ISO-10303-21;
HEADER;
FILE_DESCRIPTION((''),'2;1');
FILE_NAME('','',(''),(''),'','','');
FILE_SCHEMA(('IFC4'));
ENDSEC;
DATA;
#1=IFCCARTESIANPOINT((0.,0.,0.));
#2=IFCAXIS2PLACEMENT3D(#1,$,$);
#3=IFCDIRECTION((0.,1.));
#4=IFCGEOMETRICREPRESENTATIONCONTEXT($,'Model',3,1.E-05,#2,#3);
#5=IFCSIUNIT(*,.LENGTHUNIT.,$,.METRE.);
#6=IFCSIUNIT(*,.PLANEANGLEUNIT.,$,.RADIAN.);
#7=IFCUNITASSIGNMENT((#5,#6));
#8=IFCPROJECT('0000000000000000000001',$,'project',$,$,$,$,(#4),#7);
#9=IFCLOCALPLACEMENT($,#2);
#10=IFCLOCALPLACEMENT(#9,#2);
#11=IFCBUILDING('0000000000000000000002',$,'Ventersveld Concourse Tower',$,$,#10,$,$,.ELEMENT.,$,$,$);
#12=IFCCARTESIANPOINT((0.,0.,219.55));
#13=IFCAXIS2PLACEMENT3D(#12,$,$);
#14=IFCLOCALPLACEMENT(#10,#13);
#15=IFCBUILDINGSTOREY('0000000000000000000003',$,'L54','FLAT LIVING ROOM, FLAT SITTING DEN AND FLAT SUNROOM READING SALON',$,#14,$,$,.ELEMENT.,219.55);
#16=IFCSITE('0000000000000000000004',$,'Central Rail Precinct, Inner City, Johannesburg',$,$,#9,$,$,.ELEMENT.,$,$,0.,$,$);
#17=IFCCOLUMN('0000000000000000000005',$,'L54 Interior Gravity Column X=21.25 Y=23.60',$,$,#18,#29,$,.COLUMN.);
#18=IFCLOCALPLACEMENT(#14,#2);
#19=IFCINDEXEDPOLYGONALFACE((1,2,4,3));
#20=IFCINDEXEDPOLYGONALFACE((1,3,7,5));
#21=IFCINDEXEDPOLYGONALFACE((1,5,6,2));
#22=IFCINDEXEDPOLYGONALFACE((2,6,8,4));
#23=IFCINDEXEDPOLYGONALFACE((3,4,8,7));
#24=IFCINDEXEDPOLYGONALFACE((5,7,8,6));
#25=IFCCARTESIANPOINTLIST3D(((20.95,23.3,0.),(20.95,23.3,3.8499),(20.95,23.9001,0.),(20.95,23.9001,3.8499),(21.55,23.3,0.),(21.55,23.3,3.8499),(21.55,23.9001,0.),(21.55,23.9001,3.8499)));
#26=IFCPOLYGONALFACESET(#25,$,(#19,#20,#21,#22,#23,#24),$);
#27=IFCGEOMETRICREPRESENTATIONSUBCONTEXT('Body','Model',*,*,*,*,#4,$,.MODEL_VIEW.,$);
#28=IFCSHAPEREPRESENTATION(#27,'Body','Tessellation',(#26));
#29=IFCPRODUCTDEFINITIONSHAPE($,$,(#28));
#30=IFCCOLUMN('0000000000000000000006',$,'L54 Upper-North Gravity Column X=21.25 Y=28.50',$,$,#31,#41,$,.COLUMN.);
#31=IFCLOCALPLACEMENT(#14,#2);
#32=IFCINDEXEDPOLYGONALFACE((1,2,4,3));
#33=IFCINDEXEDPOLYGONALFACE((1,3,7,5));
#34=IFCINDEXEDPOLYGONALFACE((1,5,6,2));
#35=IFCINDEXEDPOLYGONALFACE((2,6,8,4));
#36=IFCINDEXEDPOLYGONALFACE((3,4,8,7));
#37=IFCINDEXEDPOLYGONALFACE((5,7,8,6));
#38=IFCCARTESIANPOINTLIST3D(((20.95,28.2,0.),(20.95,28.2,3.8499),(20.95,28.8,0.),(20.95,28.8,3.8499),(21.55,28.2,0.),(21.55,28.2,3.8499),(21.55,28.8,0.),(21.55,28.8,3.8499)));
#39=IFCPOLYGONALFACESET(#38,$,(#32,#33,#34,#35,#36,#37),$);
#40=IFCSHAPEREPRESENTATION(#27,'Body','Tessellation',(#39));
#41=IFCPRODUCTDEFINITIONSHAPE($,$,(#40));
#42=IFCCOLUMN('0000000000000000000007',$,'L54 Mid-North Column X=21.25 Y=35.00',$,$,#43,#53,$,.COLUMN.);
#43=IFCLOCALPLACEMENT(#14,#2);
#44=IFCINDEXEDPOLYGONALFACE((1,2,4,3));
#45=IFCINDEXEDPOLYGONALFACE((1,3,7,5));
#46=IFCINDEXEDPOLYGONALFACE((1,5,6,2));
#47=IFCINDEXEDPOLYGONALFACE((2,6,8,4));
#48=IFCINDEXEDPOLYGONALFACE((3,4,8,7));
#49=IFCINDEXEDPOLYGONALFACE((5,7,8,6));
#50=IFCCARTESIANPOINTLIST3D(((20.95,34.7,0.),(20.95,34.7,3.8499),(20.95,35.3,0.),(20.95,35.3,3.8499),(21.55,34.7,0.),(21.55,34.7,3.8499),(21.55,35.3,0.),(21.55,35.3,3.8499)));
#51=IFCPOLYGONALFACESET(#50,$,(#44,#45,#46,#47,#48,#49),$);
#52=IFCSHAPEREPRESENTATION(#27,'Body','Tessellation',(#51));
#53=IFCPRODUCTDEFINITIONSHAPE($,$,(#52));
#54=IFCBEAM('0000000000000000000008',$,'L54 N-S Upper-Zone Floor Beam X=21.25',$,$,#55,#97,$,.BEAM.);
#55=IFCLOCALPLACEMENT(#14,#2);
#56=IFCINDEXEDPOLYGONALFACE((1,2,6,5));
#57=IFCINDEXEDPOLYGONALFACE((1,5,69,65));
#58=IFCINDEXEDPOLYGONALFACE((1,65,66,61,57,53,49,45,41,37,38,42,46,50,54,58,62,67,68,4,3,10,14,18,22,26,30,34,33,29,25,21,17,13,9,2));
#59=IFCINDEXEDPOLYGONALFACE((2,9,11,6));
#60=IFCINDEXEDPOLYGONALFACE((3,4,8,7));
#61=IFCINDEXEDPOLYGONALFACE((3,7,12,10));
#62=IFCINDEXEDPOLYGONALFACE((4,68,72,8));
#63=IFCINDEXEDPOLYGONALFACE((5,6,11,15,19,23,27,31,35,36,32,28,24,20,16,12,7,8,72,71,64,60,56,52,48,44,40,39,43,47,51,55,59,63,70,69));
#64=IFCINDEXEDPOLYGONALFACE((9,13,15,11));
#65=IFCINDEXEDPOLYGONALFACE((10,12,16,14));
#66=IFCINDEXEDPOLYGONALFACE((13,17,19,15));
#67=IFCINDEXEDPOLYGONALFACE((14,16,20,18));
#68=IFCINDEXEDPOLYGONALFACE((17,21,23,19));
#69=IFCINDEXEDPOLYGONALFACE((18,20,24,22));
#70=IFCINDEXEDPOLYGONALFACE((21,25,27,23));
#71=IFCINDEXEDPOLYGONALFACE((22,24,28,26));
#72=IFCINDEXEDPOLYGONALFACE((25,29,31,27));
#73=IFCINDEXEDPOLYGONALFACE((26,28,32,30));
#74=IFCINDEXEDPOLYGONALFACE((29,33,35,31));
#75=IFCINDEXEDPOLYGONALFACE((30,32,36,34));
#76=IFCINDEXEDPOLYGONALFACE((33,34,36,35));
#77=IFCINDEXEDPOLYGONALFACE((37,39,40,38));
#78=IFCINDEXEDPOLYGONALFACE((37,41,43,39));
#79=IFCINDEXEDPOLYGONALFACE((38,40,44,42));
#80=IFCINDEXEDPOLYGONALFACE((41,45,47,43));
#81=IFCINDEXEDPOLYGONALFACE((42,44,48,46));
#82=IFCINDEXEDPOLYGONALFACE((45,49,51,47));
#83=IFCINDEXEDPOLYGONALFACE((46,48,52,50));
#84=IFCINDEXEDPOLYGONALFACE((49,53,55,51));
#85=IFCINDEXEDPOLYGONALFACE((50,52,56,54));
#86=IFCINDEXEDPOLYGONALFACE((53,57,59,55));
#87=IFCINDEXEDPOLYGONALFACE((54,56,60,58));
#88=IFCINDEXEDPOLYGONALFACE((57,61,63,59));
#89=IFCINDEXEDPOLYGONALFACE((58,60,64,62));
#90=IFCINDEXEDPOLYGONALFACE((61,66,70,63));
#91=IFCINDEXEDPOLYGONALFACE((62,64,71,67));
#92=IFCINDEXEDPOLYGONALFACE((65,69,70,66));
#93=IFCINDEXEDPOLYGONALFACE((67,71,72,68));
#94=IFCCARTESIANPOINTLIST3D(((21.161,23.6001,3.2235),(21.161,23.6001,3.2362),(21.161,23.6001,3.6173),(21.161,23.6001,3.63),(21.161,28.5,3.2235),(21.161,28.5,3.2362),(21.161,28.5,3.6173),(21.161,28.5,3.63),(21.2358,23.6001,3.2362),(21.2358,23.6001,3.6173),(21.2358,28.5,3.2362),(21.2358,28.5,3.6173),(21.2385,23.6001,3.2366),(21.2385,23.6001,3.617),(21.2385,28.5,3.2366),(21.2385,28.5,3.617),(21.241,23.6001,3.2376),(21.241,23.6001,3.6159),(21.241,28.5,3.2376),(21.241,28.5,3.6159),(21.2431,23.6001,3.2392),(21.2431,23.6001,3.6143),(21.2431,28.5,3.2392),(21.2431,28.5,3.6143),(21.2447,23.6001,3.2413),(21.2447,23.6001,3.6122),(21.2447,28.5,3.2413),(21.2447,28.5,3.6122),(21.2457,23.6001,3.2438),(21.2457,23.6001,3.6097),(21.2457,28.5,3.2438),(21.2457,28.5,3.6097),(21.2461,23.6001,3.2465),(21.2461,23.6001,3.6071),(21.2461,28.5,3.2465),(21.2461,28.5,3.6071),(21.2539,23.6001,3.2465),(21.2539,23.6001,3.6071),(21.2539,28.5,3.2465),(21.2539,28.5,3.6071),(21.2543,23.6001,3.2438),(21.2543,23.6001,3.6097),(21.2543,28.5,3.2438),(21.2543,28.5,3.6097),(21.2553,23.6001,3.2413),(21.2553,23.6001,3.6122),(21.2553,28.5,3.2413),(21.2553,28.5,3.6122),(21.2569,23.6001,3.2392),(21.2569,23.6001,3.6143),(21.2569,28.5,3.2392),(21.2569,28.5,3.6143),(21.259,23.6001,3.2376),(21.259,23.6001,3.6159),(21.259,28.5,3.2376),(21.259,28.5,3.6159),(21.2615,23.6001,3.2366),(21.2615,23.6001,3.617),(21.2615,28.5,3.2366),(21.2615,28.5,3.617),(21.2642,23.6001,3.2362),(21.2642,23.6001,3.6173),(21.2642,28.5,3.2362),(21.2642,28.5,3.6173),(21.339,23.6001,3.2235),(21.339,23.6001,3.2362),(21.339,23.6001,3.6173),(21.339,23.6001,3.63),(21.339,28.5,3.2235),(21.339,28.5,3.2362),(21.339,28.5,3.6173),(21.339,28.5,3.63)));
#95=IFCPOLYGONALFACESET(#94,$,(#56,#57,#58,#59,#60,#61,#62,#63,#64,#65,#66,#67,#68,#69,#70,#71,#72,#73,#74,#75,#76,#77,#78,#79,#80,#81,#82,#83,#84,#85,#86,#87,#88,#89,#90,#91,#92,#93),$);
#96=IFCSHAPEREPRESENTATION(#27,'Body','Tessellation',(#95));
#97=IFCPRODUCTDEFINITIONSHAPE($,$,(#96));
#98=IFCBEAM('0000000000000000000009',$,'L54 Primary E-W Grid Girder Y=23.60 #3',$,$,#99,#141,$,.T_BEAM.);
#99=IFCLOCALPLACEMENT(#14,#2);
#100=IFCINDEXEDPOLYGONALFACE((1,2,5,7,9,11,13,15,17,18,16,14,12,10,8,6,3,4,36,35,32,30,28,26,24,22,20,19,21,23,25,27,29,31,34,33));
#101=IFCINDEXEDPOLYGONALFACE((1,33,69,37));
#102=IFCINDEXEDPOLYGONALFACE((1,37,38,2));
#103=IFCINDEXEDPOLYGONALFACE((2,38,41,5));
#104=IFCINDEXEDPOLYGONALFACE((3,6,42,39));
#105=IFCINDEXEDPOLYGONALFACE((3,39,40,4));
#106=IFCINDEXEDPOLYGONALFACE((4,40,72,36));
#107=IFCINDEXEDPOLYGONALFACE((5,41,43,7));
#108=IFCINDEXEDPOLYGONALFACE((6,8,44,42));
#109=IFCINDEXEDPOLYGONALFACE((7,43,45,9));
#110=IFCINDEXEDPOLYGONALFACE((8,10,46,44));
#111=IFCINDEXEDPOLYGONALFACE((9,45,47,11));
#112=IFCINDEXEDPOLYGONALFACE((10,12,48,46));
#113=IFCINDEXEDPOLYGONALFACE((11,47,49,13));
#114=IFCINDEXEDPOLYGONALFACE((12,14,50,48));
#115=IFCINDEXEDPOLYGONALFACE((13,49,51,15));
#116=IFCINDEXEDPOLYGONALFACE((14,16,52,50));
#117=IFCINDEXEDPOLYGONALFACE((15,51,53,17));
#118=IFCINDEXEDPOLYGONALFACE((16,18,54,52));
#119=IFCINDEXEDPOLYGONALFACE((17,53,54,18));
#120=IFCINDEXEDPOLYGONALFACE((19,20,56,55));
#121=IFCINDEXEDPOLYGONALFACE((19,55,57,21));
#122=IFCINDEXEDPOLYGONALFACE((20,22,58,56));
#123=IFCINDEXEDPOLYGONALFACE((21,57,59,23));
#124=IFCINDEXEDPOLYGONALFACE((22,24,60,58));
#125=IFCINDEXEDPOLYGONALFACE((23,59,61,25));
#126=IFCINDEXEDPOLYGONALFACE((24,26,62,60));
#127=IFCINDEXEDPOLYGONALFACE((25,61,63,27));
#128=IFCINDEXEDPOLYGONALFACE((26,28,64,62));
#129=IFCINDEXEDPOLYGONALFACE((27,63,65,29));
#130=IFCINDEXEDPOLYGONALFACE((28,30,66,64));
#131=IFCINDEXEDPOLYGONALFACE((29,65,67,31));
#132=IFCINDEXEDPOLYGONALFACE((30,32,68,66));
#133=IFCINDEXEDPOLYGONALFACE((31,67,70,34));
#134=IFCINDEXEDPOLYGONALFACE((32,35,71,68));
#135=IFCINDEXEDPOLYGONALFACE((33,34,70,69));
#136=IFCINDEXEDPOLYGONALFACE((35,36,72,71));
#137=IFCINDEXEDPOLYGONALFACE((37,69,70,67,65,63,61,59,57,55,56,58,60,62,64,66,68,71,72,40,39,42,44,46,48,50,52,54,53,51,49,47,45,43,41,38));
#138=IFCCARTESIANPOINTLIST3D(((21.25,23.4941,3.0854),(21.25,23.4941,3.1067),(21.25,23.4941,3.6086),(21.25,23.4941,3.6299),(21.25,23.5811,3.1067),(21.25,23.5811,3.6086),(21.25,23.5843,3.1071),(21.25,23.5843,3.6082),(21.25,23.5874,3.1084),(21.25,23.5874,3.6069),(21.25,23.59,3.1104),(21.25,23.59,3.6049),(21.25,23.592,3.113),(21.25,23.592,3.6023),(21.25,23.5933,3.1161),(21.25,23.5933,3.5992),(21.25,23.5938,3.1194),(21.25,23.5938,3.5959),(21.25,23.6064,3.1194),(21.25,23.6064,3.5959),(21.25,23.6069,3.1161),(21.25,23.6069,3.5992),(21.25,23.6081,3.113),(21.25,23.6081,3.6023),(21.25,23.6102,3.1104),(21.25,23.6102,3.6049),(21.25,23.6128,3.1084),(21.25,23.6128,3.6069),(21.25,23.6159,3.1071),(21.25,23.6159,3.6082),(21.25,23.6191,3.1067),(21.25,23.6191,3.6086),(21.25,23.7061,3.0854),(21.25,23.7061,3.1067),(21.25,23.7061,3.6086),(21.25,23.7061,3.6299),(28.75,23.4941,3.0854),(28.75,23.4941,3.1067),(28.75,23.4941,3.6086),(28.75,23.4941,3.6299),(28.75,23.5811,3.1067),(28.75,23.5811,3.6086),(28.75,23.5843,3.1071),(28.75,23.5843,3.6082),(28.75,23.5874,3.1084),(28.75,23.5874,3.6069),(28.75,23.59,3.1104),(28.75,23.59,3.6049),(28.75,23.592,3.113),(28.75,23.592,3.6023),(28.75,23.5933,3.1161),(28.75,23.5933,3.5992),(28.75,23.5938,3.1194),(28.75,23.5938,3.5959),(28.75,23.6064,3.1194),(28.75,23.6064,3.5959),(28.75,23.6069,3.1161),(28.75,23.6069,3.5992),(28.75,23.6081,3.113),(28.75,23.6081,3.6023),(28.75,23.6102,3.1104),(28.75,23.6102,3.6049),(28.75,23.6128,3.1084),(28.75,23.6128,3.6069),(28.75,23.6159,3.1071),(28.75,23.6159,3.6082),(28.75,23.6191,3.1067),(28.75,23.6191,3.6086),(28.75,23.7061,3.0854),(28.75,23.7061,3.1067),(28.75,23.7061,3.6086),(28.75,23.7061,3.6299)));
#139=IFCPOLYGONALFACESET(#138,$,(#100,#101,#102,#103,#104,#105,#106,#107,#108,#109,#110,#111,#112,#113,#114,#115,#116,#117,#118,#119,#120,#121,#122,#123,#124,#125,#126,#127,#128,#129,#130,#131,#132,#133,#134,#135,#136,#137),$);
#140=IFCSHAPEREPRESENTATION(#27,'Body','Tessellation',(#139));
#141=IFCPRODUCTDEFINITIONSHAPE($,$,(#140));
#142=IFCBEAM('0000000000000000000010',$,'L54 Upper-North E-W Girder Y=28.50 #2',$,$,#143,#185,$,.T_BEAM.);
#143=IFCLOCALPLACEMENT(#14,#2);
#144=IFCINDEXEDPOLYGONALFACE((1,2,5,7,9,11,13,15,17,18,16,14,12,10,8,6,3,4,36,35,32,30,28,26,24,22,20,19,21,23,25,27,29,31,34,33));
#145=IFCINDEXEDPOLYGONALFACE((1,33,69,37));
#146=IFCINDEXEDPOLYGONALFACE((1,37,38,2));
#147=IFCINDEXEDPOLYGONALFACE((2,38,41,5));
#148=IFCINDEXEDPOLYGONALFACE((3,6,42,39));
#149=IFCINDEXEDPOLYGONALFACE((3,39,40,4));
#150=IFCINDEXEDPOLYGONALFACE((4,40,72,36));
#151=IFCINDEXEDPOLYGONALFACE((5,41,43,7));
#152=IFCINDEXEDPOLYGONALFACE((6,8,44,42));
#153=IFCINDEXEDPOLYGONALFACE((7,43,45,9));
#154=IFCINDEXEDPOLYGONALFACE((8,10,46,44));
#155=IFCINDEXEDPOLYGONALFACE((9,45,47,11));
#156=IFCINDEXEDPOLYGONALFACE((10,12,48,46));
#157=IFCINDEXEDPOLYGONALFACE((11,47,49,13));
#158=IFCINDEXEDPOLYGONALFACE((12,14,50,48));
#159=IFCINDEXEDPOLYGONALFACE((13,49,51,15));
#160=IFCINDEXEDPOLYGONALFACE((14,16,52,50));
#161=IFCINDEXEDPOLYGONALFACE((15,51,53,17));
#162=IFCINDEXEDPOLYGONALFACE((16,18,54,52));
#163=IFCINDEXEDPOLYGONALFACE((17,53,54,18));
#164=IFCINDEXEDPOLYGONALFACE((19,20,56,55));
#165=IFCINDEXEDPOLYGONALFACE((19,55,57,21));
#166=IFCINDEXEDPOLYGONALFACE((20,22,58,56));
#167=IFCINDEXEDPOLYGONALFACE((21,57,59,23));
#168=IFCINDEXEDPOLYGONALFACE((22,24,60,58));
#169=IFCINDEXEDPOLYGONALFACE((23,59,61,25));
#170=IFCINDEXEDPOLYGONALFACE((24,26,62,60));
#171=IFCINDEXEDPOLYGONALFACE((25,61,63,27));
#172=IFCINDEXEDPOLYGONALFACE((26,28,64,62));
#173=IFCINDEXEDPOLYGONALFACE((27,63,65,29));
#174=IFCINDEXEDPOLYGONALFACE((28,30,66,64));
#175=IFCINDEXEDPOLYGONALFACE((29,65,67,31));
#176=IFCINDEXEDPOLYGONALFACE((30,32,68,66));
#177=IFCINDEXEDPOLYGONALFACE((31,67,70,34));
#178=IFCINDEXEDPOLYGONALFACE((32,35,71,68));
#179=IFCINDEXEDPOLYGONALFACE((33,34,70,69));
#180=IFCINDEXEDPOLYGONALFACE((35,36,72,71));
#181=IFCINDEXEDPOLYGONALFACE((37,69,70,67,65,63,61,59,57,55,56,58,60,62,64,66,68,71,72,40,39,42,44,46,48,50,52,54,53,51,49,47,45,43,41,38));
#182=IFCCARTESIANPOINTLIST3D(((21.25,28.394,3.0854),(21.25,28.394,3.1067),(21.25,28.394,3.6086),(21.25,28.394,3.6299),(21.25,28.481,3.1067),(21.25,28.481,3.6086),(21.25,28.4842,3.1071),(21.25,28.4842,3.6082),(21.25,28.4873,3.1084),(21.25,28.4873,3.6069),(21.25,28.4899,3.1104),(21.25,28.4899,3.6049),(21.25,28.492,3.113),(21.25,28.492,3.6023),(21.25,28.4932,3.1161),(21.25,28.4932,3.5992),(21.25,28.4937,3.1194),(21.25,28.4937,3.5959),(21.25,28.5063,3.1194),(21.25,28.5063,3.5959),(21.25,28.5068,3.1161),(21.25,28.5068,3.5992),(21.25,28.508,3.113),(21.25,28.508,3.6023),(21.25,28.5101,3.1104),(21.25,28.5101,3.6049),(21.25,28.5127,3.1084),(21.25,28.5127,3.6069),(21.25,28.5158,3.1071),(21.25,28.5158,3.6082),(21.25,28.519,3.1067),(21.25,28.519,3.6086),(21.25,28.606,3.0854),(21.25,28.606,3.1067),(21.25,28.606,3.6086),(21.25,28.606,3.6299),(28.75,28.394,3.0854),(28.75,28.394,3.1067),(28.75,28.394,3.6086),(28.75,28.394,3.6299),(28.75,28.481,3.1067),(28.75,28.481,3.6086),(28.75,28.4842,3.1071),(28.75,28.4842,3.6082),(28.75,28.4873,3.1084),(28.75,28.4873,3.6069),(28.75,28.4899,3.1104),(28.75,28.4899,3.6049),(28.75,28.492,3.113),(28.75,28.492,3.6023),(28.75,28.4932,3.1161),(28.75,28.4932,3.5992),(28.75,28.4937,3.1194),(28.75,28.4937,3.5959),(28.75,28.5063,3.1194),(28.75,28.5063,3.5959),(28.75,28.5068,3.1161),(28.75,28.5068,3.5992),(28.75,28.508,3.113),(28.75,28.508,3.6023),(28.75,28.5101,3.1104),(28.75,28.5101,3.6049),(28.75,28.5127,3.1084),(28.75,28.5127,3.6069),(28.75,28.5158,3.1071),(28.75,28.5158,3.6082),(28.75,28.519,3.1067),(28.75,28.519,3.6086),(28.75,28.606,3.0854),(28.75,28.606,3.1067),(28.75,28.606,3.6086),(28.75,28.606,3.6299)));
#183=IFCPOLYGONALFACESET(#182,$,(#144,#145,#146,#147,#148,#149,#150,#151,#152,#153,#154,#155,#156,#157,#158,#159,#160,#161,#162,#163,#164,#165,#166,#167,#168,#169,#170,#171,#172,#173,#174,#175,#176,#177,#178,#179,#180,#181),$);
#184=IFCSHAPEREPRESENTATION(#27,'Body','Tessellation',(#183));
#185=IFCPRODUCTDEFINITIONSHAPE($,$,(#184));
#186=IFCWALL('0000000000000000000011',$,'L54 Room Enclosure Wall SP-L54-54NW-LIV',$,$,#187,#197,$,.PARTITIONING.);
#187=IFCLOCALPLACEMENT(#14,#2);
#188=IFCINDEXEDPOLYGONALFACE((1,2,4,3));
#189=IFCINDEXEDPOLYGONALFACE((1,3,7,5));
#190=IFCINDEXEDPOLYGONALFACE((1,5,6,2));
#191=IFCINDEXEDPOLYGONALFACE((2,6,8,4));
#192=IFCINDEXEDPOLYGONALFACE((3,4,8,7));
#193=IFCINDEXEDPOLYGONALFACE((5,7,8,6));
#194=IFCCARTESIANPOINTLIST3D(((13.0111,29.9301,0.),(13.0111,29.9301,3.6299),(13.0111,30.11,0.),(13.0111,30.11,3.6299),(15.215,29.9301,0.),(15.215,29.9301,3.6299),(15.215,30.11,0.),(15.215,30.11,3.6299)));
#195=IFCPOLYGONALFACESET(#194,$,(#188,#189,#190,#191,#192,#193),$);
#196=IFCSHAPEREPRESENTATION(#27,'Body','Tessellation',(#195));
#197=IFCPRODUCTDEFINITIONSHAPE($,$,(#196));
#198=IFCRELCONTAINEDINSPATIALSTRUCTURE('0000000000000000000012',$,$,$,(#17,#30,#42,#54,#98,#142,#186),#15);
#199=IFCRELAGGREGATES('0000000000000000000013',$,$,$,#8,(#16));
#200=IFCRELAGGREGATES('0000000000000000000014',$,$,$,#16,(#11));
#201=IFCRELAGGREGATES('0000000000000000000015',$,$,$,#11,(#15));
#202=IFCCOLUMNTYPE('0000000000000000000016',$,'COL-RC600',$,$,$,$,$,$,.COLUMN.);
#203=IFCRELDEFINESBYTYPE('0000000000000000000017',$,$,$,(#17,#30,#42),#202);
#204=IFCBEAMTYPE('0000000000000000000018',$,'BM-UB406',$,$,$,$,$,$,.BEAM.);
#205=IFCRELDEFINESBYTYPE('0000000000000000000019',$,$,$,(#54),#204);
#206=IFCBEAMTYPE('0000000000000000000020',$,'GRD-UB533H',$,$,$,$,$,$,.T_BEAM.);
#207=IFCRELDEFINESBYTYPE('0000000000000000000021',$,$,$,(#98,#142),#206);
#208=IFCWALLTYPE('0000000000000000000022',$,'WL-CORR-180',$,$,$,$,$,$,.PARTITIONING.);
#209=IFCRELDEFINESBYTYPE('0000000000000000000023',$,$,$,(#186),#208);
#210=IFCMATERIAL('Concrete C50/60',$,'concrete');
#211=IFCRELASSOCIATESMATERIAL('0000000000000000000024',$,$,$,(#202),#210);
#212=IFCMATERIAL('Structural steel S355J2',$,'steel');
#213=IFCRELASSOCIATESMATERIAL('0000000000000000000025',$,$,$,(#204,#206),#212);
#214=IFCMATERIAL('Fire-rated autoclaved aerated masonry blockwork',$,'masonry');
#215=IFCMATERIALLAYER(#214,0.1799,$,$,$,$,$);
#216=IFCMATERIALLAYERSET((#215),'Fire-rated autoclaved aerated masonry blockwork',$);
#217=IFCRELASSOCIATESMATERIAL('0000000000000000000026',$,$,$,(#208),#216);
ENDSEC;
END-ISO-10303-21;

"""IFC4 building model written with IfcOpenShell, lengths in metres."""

from ifc_helpers import new_model, si_unit, direction, frame, frame_2d, origin, origin_2d, place, context, subcontext, project, spatial, rectangle, i_section, extrude, material, layer, layer_set, material_profile, profile_set, type_object, element, save


model = new_model("IFC4")

# Units and contexts
model_context = context("Model", 3, precision=1e-05, world=origin(), true_north=direction((0.0, 1.0)))
body_context = subcontext(model_context, "Body", "Model", "MODEL_VIEW")
ifc_project = project(units=[si_unit("LENGTHUNIT", "METRE"), si_unit("PLANEANGLEUNIT", "RADIAN")], contexts=[model_context])

# Site, building, storey
site_placement = place(None, origin())
site = spatial("IfcSite", under=ifc_project, at=site_placement, Name="Central Rail Precinct, Inner City, Johannesburg", CompositionType="ELEMENT", RefElevation=0.0)
building_placement = place(site_placement, origin())
building = spatial("IfcBuilding", under=site, at=building_placement, Name="Ventersveld Concourse Tower", CompositionType="ELEMENT")
storey_placement = place(building_placement, frame((0.0, 0.0, 219.55)))
storey = spatial("IfcBuildingStorey", under=building, at=storey_placement, Name="L54", Description="FLAT LIVING ROOM, FLAT SITTING DEN AND FLAT SUNROOM READING SALON", CompositionType="ELEMENT", Elevation=219.55)

# Columns
ifc_material_1 = material(Name="Concrete C50/60", Category="concrete")
ifc_material_profile_1 = material_profile(ifc_material_1, rectangle(XDim=0.6001, YDim=0.6001, at=origin_2d()), Name="RC 600x600")
ifc_profile_set_1 = profile_set([ifc_material_profile_1], Name="Concrete C50/60")
column_type = type_object("IfcColumnType", Name="COL-RC600", PredefinedType="COLUMN", material=ifc_profile_set_1)
for number, where, z_axis, x_axis, name in (
    (1, (21.25, 23.6001, 0.0), (0.0, 0.0, 1.0), (1.0, 0.0, 0.0), "L54 Interior Gravity Column X=21.25 Y=23.60"),
    (2, (21.25, 28.5, 0.0), (0.0, 0.0, 1.0), (1.0, 0.0, 0.0), "L54 Upper-North Gravity Column X=21.25 Y=28.50"),
    (3, (21.25, 35.0, 0.0), (0.0, 0.0, 1.0), (1.0, 0.0, 0.0), "L54 Mid-North Column X=21.25 Y=35.00"),
):
    element("IfcColumn", number, at=place(storey_placement, frame(where, z_axis=z_axis, x_axis=x_axis)), inside=storey, type_object=column_type, Name=name, PredefinedType="COLUMN", context=body_context, shape_type="SweptSolid", body=[
        extrude(rectangle(XDim=0.6001, YDim=0.6001, at=origin_2d()), origin(), (0.0, 0.0, 1.0), 3.8499),
    ])

# Beams
ifc_material_2 = material(Name="Structural steel S355J2", Category="steel")
ifc_material_profile_2 = material_profile(ifc_material_2, i_section(OverallWidth=0.178, OverallDepth=0.4065, WebThickness=0.0078, FlangeThickness=0.0127, FilletRadius=0.0103, at=origin_2d()), Name="UB 406x178x60")
ifc_profile_set_2 = profile_set([ifc_material_profile_2], Name="Structural steel S355J2")
beam_type_1 = type_object("IfcBeamType", Name="BM-UB406", PredefinedType="BEAM", material=ifc_profile_set_2)
beam_placement = place(storey_placement, frame((21.25, 23.6001, 3.4268), z_axis=(0.0, 1.0, 0.0), x_axis=(-1.0, 0.0, 0.0)))
element("IfcBeam", 4, at=beam_placement, inside=storey, type_object=beam_type_1, Name="L54 N-S Upper-Zone Floor Beam X=21.25", PredefinedType="BEAM", context=body_context, shape_type="SweptSolid", body=[
    extrude(i_section(OverallWidth=0.178, OverallDepth=0.4065, WebThickness=0.0078, FlangeThickness=0.0127, FilletRadius=0.0103, at=origin_2d()), origin(), (0.0, 0.0, 1.0), 4.8999),
])
ifc_material_profile_3 = material_profile(ifc_material_2, i_section(OverallWidth=0.2119, OverallDepth=0.5444, WebThickness=0.0127, FlangeThickness=0.0212, FilletRadius=0.0127, at=origin_2d()), Name="UB 533x210x122")
ifc_profile_set_3 = profile_set([ifc_material_profile_3], Name="Structural steel S355J2")
beam_type_2 = type_object("IfcBeamType", Name="GRD-UB533H", PredefinedType="T_BEAM", material=ifc_profile_set_3)
for number, where, z_axis, x_axis, name in (
    (5, (21.25, 23.6001, 3.3577), (1.0, 0.0, 0.0), (0.0, 1.0, 0.0), "L54 Primary E-W Grid Girder Y=23.60 #3"),
    (6, (21.25, 28.5, 3.3577), (1.0, 0.0, 0.0), (0.0, 1.0, 0.0), "L54 Upper-North E-W Girder Y=28.50 #2"),
):
    element("IfcBeam", number, at=place(storey_placement, frame(where, z_axis=z_axis, x_axis=x_axis)), inside=storey, type_object=beam_type_2, Name=name, PredefinedType="T_BEAM", context=body_context, shape_type="SweptSolid", body=[
        extrude(i_section(OverallWidth=0.2119, OverallDepth=0.5444, WebThickness=0.0127, FlangeThickness=0.0212, FilletRadius=0.0127, at=origin_2d()), origin(), (0.0, 0.0, 1.0), 7.5),
    ])

# Wall
ifc_material_3 = material(Name="Fire-rated autoclaved aerated masonry blockwork", Category="masonry")
ifc_layer_1 = layer(ifc_material_3, 0.1799)
ifc_layer_set_1 = layer_set([ifc_layer_1], Name="Fire-rated autoclaved aerated masonry blockwork")
wall_type_1 = type_object("IfcWallType", Name="WL-CORR-180", PredefinedType="PARTITIONING", material=ifc_layer_set_1)
wall_1_placement = place(storey_placement, frame((15.2151, 30.02, 0.0), z_axis=(0.0, 0.0, 1.0), x_axis=(-1.0, 0.0, 0.0)))
element("IfcWall", 7, at=wall_1_placement, inside=storey, type_object=wall_type_1, Name="L54 Room Enclosure Wall SP-L54-54NW-LIV", PredefinedType="PARTITIONING", context=body_context, shape_type="SweptSolid", body=[
    extrude(rectangle(XDim=2.2039, YDim=0.1799, at=frame_2d((1.1021, 0.0))), origin(), (0.0, 0.0, 1.0), 3.6299),
])

save(model, "model.ifc")
